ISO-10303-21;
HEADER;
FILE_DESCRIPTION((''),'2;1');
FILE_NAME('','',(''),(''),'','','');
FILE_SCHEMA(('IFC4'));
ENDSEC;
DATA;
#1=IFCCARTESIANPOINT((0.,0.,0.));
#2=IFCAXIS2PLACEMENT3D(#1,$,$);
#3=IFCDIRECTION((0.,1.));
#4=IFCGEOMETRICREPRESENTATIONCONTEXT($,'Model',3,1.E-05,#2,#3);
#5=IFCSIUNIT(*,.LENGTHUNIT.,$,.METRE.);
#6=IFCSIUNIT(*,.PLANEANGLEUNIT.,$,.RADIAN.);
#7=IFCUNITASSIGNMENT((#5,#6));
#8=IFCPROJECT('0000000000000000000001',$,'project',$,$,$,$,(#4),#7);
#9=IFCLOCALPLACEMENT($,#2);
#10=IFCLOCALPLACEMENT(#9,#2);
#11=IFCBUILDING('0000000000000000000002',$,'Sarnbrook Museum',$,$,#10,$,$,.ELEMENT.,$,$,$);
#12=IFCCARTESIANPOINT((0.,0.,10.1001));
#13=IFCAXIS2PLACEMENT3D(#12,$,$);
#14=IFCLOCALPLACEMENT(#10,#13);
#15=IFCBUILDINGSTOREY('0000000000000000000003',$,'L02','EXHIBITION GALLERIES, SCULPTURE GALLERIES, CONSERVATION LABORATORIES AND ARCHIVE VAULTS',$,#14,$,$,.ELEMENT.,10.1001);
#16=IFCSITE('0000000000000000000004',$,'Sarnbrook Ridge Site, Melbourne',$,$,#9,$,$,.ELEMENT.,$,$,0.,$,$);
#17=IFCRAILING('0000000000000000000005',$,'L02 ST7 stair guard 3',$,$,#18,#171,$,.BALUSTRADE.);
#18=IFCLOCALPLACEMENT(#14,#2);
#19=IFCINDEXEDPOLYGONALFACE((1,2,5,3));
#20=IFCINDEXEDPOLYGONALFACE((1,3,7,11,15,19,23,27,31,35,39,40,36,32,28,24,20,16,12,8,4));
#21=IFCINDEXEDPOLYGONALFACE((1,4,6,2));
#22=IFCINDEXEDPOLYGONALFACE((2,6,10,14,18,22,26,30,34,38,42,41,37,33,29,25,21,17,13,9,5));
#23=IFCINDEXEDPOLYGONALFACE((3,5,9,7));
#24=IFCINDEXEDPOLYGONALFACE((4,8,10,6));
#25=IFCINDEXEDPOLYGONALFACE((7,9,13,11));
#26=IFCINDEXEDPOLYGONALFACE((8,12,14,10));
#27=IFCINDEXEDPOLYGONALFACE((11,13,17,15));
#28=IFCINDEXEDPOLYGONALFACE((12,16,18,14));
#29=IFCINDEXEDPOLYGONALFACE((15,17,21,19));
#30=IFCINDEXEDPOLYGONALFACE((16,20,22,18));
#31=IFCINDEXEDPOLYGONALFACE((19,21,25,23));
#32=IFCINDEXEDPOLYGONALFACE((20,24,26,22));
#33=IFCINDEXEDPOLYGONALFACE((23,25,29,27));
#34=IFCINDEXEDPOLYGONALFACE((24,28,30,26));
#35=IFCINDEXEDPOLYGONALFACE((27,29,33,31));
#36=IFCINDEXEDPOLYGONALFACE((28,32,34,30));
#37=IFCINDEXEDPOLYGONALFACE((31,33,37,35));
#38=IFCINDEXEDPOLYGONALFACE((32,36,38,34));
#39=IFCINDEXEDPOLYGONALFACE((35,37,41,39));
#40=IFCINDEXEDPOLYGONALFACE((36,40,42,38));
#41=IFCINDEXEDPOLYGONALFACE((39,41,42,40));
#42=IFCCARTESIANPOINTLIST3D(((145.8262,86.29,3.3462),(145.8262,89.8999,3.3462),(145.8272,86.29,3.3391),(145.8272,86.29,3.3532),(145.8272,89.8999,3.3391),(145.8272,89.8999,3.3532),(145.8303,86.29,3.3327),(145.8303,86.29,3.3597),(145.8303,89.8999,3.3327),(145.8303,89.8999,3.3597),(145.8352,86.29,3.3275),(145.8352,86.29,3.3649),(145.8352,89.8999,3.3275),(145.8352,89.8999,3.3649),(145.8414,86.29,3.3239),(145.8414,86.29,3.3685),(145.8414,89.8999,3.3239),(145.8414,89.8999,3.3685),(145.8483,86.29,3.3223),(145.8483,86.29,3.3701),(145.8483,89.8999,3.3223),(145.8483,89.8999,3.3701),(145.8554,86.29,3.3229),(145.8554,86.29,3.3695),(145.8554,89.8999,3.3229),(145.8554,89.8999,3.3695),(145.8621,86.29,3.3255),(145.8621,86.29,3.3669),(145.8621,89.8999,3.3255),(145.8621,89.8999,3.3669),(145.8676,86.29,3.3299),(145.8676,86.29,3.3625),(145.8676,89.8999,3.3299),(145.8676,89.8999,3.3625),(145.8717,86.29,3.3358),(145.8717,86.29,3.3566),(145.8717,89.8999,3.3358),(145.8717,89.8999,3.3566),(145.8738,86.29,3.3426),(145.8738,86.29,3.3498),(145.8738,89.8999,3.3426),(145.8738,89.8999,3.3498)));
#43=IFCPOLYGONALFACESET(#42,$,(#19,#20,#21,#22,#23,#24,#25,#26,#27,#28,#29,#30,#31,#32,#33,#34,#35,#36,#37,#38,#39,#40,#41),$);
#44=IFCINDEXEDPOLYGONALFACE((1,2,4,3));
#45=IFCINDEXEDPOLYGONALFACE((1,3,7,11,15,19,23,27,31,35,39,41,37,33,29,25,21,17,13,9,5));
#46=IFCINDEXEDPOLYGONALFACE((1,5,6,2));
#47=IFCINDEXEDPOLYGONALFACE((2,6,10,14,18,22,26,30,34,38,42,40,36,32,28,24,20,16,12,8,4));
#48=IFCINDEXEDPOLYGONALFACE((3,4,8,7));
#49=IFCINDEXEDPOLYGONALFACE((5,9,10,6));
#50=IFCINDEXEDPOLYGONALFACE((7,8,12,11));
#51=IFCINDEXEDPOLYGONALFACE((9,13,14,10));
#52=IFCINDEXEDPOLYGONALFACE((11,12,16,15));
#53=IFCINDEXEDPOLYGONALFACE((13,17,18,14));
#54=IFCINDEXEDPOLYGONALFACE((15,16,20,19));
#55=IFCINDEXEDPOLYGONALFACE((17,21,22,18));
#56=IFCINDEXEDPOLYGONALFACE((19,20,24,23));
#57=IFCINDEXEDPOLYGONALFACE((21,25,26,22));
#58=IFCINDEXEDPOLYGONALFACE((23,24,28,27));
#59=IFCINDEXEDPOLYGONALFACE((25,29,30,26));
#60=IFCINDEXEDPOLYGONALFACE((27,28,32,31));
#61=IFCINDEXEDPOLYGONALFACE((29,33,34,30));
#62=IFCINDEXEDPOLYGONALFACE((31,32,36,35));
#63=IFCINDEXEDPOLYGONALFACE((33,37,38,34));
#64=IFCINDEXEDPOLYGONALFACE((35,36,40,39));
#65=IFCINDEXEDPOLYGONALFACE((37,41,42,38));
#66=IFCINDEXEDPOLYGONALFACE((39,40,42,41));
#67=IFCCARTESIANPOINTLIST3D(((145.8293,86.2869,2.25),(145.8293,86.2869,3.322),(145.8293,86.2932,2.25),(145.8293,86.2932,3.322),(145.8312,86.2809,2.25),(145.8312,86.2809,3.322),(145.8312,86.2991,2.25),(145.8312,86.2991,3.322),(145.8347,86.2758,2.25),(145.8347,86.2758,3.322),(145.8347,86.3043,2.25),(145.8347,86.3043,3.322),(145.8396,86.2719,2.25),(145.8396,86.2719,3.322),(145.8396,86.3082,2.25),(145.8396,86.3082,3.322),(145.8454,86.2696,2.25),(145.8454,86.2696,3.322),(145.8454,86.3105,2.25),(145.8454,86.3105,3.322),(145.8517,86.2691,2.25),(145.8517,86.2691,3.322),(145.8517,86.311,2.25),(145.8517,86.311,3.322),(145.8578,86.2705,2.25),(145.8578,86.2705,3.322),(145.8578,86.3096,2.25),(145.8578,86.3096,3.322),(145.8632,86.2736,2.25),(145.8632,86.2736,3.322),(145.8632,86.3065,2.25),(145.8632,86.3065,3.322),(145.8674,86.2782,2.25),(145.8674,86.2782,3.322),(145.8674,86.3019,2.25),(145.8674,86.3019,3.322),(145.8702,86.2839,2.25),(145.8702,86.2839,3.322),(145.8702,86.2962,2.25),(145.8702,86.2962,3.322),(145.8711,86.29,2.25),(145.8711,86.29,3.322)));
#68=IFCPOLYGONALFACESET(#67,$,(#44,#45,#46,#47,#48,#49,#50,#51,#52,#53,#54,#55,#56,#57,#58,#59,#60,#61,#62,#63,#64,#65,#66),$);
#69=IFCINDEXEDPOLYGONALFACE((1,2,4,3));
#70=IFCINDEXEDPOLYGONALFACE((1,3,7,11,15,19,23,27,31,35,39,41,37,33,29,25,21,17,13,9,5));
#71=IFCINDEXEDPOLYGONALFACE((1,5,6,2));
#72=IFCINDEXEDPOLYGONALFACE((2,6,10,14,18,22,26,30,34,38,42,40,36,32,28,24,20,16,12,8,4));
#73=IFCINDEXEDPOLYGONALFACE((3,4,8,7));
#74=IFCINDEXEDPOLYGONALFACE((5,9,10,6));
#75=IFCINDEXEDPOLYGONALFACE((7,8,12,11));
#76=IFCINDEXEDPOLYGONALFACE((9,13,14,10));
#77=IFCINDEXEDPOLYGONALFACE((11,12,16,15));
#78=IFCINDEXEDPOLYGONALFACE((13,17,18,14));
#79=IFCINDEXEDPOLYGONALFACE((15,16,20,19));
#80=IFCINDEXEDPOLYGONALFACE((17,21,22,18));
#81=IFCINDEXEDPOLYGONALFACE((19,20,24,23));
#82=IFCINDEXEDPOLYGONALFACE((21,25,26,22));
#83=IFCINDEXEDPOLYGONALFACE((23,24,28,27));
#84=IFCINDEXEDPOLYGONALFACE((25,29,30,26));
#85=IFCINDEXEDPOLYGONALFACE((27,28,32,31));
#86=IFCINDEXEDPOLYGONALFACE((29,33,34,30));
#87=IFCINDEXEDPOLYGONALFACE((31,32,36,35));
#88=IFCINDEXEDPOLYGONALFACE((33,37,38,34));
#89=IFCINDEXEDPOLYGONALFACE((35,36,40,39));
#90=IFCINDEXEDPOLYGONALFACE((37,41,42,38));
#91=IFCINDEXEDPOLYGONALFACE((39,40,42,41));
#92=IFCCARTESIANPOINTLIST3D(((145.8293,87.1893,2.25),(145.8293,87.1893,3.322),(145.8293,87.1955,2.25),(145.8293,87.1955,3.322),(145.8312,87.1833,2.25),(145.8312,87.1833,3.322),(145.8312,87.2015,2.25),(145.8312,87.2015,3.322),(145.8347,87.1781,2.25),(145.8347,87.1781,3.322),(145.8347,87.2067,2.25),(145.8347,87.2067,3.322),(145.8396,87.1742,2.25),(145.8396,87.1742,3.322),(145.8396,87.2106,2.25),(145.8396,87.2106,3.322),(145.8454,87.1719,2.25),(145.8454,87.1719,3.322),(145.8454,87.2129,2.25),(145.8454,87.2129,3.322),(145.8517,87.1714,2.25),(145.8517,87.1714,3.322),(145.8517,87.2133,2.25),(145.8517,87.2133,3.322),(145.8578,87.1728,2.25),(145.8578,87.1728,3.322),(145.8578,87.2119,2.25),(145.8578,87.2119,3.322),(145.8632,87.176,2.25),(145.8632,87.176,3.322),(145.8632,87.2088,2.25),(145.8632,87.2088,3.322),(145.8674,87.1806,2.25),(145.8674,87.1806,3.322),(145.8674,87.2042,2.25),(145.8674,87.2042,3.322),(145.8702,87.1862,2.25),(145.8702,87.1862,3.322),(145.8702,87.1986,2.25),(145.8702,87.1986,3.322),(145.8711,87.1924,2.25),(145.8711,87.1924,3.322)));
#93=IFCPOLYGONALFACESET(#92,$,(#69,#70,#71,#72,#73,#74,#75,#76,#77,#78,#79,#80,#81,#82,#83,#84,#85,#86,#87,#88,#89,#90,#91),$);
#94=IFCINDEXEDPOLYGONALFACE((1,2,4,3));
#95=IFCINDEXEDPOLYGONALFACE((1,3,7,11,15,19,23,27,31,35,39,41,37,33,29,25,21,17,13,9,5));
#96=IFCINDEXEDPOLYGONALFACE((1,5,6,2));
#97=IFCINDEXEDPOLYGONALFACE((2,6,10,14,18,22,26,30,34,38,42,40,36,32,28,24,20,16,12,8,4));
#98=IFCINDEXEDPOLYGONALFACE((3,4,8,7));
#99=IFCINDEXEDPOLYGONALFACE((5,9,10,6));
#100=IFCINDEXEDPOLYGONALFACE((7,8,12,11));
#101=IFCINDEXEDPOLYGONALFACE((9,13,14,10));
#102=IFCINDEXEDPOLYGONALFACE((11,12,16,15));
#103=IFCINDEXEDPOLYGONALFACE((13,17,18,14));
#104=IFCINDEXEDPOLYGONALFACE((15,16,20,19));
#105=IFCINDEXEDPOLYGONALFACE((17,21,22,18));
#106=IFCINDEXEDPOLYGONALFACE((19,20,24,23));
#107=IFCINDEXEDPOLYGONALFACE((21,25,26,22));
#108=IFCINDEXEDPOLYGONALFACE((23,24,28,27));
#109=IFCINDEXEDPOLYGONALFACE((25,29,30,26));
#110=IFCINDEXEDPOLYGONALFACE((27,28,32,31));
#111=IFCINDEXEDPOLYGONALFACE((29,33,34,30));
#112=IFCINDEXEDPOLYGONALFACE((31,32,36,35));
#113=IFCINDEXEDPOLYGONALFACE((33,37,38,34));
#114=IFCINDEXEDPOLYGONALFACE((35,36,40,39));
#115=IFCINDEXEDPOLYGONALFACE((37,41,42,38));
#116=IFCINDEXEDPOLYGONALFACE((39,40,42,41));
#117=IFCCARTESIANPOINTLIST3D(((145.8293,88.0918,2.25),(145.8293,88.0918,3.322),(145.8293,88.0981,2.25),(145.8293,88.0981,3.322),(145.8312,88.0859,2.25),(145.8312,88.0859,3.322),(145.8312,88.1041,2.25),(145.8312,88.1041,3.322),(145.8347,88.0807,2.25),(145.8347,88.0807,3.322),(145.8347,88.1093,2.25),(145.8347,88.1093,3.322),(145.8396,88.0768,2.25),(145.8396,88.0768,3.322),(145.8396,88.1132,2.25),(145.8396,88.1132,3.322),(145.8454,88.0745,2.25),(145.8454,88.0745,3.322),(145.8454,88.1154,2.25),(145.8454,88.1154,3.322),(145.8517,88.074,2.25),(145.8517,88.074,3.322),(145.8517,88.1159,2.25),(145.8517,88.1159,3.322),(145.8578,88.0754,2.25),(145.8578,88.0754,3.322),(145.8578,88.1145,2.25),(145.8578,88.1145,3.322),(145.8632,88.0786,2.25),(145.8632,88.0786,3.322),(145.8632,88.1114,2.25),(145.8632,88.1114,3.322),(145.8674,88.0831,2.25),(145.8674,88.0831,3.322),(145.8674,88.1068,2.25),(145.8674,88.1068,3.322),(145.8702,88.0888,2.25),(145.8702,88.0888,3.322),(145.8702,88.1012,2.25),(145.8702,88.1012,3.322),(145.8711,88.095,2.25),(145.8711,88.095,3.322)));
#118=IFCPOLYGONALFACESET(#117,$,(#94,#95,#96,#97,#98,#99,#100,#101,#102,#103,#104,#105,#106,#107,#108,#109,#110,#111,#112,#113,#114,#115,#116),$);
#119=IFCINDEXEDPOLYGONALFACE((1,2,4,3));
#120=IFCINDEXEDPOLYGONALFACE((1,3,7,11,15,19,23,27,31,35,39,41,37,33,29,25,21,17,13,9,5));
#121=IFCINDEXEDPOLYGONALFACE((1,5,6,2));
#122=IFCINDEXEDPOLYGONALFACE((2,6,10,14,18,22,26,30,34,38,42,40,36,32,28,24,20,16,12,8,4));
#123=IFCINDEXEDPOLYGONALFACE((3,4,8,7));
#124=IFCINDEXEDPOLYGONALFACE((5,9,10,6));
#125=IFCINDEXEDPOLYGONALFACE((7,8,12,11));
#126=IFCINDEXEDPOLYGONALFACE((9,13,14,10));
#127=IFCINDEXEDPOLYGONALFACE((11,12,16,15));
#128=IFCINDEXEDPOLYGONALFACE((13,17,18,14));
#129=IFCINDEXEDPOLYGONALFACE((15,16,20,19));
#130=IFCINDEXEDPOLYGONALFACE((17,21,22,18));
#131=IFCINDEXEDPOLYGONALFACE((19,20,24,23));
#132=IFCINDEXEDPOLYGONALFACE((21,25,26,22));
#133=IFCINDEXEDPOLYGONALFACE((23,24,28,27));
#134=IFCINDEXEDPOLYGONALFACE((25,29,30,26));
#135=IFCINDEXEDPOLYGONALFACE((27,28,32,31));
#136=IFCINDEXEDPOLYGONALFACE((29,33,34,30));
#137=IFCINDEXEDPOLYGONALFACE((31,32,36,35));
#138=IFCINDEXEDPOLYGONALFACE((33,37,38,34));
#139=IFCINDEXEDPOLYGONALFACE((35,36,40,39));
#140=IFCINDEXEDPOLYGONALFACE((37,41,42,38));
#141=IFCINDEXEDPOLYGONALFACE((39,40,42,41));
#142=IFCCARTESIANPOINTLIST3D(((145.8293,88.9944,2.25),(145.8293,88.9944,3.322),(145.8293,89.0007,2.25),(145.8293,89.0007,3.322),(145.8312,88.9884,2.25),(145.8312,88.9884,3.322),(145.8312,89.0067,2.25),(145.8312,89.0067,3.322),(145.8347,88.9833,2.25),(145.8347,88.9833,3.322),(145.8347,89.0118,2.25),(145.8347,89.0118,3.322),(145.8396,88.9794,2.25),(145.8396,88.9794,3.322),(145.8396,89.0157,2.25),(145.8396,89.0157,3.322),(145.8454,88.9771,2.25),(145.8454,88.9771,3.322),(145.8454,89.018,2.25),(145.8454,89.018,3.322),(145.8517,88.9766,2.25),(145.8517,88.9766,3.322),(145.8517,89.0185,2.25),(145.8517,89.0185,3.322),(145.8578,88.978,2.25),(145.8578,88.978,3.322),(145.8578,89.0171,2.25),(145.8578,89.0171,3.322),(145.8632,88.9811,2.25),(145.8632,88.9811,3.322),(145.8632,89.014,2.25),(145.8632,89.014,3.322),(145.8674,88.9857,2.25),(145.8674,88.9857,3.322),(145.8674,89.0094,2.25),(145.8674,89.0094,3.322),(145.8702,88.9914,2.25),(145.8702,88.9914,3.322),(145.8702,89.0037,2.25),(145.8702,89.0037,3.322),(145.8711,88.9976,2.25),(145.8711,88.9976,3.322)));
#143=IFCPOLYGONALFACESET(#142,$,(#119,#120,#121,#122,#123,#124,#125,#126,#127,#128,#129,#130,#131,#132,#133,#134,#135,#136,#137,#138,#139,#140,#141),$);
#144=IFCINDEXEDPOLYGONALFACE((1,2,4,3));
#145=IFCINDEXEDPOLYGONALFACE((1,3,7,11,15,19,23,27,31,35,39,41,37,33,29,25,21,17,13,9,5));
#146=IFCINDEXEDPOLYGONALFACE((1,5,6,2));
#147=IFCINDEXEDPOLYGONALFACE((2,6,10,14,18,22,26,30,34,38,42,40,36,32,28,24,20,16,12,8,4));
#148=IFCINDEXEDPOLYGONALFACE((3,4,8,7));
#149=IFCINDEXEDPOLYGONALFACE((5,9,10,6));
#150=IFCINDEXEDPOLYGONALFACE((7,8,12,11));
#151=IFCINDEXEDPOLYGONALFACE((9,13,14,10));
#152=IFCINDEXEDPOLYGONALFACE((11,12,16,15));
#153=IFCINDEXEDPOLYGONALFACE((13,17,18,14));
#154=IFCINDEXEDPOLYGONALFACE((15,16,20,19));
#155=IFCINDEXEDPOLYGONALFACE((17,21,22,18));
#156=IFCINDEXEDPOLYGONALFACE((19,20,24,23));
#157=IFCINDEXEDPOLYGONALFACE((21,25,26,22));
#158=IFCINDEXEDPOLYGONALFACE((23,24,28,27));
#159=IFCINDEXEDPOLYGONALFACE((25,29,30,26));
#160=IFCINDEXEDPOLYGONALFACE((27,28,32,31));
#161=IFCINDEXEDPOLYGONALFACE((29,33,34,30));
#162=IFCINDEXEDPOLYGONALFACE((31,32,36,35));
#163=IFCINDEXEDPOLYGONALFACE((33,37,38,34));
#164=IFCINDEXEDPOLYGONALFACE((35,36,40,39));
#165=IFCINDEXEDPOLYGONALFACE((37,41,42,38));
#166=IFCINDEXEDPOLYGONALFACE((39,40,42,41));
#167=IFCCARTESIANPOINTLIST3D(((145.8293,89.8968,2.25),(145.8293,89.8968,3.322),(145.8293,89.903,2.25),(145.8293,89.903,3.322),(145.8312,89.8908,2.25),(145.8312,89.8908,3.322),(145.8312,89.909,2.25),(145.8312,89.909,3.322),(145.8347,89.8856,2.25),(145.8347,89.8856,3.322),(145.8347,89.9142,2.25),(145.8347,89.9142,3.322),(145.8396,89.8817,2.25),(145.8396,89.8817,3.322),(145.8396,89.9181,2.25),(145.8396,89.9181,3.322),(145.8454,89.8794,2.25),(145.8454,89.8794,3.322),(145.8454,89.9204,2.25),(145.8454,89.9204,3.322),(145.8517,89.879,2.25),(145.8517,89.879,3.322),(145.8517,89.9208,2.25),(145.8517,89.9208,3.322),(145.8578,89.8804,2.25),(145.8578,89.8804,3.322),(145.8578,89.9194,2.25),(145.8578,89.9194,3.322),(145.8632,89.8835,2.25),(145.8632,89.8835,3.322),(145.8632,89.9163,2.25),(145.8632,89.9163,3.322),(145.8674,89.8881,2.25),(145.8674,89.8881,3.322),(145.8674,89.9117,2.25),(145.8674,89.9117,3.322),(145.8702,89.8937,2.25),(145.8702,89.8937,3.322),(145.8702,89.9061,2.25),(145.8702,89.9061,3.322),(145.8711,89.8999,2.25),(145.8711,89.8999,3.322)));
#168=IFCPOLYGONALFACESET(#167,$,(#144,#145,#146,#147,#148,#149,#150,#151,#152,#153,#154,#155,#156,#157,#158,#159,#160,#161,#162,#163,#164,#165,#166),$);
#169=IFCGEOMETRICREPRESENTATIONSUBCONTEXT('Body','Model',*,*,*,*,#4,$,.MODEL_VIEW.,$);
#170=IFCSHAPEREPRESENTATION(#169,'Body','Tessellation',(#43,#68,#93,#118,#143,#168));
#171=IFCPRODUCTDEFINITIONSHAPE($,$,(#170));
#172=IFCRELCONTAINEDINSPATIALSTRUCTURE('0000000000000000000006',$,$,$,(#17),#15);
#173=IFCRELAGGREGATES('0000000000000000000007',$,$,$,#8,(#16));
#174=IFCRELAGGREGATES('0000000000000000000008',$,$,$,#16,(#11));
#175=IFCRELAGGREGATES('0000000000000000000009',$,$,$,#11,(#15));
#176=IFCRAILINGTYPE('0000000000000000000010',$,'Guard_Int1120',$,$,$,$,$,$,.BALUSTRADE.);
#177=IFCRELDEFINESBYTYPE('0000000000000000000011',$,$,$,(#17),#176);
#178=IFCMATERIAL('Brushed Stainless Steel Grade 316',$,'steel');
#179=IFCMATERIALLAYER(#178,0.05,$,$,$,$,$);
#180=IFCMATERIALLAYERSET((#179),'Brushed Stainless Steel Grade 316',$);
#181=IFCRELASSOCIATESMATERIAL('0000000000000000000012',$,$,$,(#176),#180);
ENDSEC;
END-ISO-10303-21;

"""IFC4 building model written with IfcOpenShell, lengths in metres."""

from ifc_helpers import new_model, si_unit, direction, frame, origin, origin_2d, place, context, subcontext, project, spatial, circle, extrude, material, layer, layer_set, type_object, element, save


model = new_model("IFC4")

# Units and contexts
model_context = context("Model", 3, precision=1e-05, world=origin(), true_north=direction((0.0, 1.0)))
body_context = subcontext(model_context, "Body", "Model", "MODEL_VIEW")
ifc_project = project(units=[si_unit("LENGTHUNIT", "METRE"), si_unit("PLANEANGLEUNIT", "RADIAN")], contexts=[model_context])

# Site, building, storey
site_placement = place(None, origin())
site = spatial("IfcSite", under=ifc_project, at=site_placement, Name="Sarnbrook Ridge Site, Melbourne", CompositionType="ELEMENT", RefElevation=0.0)
building_placement = place(site_placement, origin())
building = spatial("IfcBuilding", under=site, at=building_placement, Name="Sarnbrook Museum", CompositionType="ELEMENT")
storey_placement = place(building_placement, frame((0.0, 0.0, 10.1001)))
storey = spatial("IfcBuildingStorey", under=building, at=storey_placement, Name="L02", Description="EXHIBITION GALLERIES, SCULPTURE GALLERIES, CONSERVATION LABORATORIES AND ARCHIVE VAULTS", CompositionType="ELEMENT", Elevation=10.1001)

# Railing
ifc_material_1 = material(Name="Brushed Stainless Steel Grade 316", Category="steel")
ifc_layer_1 = layer(ifc_material_1, 0.05)
ifc_layer_set_1 = layer_set([ifc_layer_1], Name="Brushed Stainless Steel Grade 316")
railing_type_1 = type_object("IfcRailingType", Name="Guard_Int1120", PredefinedType="BALUSTRADE", material=ifc_layer_set_1)
for number, where, name in (
    (1, (145.8501, 86.29, 2.25), "L02 ST7 stair guard 3"),
):
    element("IfcRailing", number, at=place(storey_placement, frame(where)), inside=storey, type_object=railing_type_1, Name=name, PredefinedType="BALUSTRADE", context=body_context, shape_type="SweptSolid", body=[
        extrude(circle(Radius=0.0239, at=origin_2d()), frame((0.0, 0.0, 1.0962), z_axis=(0.0, 1.0, 0.0), x_axis=(-1.0, 0.0, 0.0)), (0.0, 0.0, 1.0), 3.6099),
        extrude(circle(Radius=0.021, at=origin_2d()), origin(), (0.0, 0.0, 1.0), 1.072),
        extrude(circle(Radius=0.021, at=origin_2d()), frame((0.0, 0.9023, 0.0)), (0.0, 0.0, 1.0), 1.072),
        extrude(circle(Radius=0.021, at=origin_2d()), frame((0.0, 1.8049, 0.0)), (0.0, 0.0, 1.0), 1.072),
        extrude(circle(Radius=0.021, at=origin_2d()), frame((0.0, 2.7075, 0.0)), (0.0, 0.0, 1.0), 1.072),
        extrude(circle(Radius=0.021, at=origin_2d()), frame((0.0, 3.6099, 0.0)), (0.0, 0.0, 1.0), 1.072),
    ])

save(model, "model.ifc")
